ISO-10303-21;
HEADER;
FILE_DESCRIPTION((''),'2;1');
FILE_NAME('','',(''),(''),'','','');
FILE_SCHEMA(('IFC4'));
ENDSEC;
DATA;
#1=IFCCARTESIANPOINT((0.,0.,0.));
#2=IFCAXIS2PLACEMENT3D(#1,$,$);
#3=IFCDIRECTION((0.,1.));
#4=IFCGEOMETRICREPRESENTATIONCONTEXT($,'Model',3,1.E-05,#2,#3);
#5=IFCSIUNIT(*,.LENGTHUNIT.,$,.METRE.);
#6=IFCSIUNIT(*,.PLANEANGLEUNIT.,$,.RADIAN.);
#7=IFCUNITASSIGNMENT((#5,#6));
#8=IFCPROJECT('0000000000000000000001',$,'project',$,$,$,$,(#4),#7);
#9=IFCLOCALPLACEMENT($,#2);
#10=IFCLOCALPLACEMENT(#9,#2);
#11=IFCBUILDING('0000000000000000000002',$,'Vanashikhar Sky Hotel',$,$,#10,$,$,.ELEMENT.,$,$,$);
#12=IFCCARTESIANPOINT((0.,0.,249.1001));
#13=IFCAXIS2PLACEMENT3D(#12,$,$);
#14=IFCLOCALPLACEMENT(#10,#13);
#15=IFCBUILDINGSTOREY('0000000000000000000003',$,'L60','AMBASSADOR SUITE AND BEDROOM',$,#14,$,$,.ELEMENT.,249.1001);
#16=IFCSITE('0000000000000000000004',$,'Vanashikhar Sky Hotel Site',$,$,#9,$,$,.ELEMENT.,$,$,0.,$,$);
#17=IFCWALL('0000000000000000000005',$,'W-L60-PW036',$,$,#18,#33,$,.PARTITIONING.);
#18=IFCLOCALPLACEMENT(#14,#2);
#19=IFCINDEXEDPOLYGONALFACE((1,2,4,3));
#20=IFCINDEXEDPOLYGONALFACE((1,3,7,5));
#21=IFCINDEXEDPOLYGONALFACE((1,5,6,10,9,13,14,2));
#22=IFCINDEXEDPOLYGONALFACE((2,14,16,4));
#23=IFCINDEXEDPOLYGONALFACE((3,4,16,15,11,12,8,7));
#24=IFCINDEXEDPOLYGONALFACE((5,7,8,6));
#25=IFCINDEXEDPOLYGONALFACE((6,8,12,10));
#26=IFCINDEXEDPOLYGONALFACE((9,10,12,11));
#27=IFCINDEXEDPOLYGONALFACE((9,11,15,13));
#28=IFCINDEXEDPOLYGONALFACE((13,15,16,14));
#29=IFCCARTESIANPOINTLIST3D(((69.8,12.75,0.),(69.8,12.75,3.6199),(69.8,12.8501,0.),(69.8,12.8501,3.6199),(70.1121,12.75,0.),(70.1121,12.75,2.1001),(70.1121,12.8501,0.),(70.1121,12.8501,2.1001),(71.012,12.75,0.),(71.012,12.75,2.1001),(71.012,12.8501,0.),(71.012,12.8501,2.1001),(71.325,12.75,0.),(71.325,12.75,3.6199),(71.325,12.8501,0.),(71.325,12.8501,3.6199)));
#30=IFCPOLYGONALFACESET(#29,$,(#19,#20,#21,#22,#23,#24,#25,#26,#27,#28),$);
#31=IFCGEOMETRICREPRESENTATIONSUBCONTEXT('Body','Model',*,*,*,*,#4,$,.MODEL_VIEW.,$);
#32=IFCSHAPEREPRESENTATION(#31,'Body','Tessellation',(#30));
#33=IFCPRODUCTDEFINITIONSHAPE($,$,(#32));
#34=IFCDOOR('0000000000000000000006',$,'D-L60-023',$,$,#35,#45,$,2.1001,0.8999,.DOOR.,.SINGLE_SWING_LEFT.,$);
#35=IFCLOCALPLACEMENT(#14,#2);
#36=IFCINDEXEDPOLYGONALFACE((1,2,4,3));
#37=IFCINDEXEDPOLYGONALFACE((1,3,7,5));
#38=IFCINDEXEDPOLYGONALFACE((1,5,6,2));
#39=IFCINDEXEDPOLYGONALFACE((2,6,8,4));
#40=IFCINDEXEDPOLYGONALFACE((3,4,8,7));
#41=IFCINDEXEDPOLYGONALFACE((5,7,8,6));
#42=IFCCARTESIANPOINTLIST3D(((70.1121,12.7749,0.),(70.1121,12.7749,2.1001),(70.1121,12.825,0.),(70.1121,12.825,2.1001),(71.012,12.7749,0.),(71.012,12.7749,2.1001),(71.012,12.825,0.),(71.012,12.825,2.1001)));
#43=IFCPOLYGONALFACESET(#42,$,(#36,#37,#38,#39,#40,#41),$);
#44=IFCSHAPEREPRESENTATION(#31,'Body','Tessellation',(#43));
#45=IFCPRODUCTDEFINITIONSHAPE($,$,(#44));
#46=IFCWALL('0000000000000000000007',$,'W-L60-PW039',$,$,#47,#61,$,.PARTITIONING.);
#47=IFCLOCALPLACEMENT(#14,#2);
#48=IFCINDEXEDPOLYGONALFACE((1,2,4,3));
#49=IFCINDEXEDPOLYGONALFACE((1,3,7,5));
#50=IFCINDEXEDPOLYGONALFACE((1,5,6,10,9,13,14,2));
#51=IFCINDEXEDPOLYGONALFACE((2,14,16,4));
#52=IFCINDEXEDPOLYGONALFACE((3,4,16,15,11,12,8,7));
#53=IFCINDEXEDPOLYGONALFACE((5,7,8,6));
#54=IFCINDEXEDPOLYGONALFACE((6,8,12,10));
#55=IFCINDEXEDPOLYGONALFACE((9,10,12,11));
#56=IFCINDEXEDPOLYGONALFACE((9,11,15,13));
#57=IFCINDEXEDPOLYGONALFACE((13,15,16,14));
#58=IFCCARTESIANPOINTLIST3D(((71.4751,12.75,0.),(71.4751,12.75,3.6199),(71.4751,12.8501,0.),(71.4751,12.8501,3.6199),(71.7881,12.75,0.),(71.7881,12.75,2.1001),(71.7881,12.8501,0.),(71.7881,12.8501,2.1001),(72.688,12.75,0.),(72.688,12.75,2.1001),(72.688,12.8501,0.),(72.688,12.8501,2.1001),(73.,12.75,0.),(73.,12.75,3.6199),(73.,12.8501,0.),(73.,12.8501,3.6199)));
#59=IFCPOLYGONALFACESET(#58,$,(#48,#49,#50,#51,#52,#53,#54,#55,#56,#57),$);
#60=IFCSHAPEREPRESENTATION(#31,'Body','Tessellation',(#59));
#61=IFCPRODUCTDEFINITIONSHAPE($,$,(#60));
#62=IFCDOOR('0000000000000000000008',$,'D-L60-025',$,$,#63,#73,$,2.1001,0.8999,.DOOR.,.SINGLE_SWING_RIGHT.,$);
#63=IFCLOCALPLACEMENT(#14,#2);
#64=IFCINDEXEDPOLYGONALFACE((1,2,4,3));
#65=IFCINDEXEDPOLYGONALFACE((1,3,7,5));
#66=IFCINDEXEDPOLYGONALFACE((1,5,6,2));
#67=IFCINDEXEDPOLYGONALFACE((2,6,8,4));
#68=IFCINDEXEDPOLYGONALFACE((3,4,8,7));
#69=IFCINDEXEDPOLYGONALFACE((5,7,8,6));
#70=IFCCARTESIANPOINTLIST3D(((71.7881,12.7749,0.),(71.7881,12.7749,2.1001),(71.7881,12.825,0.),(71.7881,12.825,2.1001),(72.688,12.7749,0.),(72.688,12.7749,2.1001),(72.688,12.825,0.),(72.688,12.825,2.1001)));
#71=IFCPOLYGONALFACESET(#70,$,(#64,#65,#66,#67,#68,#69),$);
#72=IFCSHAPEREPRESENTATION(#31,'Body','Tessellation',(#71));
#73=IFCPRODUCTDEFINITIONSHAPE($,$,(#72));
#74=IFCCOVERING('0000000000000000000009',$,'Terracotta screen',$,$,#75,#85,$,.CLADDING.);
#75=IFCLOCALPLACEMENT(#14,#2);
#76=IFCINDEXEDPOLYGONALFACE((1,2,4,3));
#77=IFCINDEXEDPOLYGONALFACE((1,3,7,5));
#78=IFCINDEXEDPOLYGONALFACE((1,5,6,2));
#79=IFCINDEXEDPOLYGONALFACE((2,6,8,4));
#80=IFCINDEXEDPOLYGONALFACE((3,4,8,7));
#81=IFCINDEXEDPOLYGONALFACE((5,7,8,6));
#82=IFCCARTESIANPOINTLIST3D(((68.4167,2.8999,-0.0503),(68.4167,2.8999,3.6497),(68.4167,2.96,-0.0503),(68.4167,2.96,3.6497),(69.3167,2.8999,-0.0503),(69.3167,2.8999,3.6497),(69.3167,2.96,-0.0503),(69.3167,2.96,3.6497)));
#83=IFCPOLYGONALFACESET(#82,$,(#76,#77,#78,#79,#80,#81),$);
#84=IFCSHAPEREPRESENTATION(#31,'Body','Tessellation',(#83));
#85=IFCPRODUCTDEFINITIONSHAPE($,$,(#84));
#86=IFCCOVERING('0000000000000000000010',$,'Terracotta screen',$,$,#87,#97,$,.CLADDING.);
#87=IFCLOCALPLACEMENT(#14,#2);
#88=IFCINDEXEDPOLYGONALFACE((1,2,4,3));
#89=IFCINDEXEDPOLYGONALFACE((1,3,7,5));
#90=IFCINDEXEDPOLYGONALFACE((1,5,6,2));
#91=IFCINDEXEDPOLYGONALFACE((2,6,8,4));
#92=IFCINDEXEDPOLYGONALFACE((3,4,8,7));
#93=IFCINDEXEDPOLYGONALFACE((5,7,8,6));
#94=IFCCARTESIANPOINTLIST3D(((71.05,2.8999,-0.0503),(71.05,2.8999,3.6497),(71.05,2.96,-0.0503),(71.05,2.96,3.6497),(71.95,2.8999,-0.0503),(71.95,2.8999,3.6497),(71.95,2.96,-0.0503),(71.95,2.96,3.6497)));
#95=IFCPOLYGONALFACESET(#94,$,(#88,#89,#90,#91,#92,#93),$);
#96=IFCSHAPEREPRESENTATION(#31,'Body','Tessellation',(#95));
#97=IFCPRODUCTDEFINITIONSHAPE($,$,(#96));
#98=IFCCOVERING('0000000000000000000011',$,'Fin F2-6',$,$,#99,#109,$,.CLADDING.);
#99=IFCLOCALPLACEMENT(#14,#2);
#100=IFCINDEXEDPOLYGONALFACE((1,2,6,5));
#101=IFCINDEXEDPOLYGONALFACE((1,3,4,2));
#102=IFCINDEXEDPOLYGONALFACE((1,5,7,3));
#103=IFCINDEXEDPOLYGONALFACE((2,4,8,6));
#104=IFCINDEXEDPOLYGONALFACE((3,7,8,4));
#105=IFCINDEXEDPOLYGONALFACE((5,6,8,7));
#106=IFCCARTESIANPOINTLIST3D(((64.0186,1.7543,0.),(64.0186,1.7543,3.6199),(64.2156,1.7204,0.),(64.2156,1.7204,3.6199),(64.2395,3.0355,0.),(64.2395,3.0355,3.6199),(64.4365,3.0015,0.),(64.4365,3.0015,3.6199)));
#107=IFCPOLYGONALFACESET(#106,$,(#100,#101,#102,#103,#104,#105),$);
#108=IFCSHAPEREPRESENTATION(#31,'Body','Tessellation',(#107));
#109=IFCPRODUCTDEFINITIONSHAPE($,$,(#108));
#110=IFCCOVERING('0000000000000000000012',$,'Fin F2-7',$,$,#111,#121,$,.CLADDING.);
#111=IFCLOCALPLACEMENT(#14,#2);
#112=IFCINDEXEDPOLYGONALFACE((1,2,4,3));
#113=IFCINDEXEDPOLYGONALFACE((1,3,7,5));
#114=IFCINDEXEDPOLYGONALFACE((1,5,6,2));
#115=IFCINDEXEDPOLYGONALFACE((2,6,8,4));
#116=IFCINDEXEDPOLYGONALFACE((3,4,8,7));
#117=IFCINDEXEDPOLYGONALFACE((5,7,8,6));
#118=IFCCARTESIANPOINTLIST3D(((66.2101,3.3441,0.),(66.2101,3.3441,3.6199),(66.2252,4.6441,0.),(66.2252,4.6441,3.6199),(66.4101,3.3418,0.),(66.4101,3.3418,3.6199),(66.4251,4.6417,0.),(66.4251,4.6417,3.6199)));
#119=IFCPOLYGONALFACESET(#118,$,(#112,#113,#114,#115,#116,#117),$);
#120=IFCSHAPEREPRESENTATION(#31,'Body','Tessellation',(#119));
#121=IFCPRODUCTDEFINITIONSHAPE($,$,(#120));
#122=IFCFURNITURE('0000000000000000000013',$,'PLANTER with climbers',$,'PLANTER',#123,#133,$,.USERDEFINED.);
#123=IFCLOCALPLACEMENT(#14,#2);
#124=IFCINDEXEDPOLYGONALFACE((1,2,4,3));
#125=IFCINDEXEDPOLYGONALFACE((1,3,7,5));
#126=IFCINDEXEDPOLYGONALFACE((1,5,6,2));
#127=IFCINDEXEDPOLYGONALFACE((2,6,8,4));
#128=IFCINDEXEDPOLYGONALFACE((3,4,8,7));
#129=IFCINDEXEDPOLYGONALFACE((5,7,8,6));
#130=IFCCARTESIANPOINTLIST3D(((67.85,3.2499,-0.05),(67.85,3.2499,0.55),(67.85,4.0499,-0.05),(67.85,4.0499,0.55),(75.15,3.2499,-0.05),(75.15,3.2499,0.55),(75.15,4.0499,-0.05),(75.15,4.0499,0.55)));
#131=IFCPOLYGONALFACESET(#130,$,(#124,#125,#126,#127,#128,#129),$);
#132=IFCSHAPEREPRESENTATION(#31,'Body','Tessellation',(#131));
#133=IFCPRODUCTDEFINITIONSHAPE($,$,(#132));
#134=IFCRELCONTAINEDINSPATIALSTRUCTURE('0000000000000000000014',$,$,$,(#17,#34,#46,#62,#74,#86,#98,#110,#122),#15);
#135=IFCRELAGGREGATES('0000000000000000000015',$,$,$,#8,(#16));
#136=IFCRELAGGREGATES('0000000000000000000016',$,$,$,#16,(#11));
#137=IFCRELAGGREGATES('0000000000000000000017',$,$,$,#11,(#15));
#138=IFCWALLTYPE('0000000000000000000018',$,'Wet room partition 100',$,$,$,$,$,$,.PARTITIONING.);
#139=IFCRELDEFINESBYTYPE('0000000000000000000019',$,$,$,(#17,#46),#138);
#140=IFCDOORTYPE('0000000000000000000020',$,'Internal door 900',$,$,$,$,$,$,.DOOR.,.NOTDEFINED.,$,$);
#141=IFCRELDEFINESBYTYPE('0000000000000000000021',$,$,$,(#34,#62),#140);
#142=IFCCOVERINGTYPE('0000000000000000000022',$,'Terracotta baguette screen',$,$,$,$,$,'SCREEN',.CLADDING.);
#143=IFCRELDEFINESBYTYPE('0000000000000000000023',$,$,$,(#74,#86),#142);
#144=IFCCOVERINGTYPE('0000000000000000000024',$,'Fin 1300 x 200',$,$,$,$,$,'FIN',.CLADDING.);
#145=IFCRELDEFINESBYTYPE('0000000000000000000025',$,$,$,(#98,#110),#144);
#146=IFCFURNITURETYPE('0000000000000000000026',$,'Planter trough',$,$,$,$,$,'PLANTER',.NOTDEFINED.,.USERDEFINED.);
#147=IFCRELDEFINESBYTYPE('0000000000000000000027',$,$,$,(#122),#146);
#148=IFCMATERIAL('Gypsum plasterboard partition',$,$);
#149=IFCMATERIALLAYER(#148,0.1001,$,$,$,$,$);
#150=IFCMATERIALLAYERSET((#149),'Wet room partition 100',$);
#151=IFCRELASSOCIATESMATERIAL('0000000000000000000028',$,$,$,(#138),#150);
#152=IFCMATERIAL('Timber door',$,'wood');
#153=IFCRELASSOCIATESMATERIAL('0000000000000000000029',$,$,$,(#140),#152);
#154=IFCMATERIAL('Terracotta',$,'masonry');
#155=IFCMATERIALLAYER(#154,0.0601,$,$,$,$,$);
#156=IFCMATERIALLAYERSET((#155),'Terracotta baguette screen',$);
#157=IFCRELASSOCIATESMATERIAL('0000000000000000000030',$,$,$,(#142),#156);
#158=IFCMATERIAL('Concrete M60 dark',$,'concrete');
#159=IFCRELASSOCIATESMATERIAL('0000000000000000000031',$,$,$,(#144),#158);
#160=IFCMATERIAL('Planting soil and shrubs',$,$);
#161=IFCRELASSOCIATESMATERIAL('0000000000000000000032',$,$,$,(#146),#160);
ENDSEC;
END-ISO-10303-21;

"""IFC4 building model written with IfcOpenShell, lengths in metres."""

from ifc_helpers import new_model, si_unit, direction, frame, frame_2d, origin, origin_2d, place, context, subcontext, project, spatial, rectangle, extrude, source, transform, mapped, material, layer, layer_set, material_profile, profile_set, type_object, element, fill, save


model = new_model("IFC4")

# Units and contexts
model_context = context("Model", 3, precision=1e-05, world=origin(), true_north=direction((0.0, 1.0)))
body_context = subcontext(model_context, "Body", "Model", "MODEL_VIEW")
ifc_project = project(units=[si_unit("LENGTHUNIT", "METRE"), si_unit("PLANEANGLEUNIT", "RADIAN")], contexts=[model_context])

# Site, building, storey
site_placement = place(None, origin())
site = spatial("IfcSite", under=ifc_project, at=site_placement, Name="Vanashikhar Sky Hotel Site", CompositionType="ELEMENT", RefElevation=0.0)
building_placement = place(site_placement, origin())
building = spatial("IfcBuilding", under=site, at=building_placement, Name="Vanashikhar Sky Hotel", CompositionType="ELEMENT")
storey_placement = place(building_placement, frame((0.0, 0.0, 249.1001)))
storey = spatial("IfcBuildingStorey", under=building, at=storey_placement, Name="L60", Description="AMBASSADOR SUITE AND BEDROOM", CompositionType="ELEMENT", Elevation=249.1001)

# Shared definitions
ifc_material_1 = material(Name="Gypsum plasterboard partition")
ifc_layer_1 = layer(ifc_material_1, 0.1001)
ifc_layer_set_1 = layer_set([ifc_layer_1], Name="Wet room partition 100")
wall_type_1 = type_object("IfcWallType", Name="Wet room partition 100", PredefinedType="PARTITIONING", material=ifc_layer_set_1)

# Walls, openings, doors
shared_shape_1 = source(origin(), body_context, "Body", "SweptSolid", [
    extrude(rectangle(XDim=1.5249, YDim=0.1001, at=frame_2d((0.7625, 0.0))), origin(), (0.0, 0.0, 1.0), 3.6199),
])
wall_1_placement = place(storey_placement, frame((69.8, 12.8, 0.0), z_axis=(0.0, 0.0, 1.0), x_axis=(1.0, 0.0, 0.0)))
wall_1 = element("IfcWall", 1, at=wall_1_placement, inside=storey, type_object=wall_type_1, Name="W-L60-PW036", PredefinedType="PARTITIONING", context=body_context, shape_type="MappedRepresentation", body=[
    mapped(shared_shape_1, transform((0.0, 0.0, 0.0), scale=1.0)),
])
shared_shape_2 = source(origin(), body_context, "Body", "SweptSolid", [
    extrude(rectangle(XDim=0.8999, YDim=2.1001, at=frame_2d((0.45, 1.05))), frame((0.0, 0.0601, 0.0), z_axis=(0.0, -1.0, 0.0), x_axis=(1.0, 0.0, 0.0)), (0.0, 0.0, 1.0), 0.1201),
])
opening_1_placement = place(wall_1_placement, frame((0.312, 0.0, 0.0)))
opening_1 = element("IfcOpeningElement", 2, at=opening_1_placement, cuts=wall_1, PredefinedType="OPENING", context=body_context, shape_type="MappedRepresentation", body=[
    mapped(shared_shape_2, transform((0.0, 0.0, 0.0), scale=1.0)),
])
ifc_material_2 = material(Name="Timber door", Category="wood")
door_type_1 = type_object("IfcDoorType", Name="Internal door 900", OperationType="NOTDEFINED", PredefinedType="DOOR", material=ifc_material_2)
shared_shape_3 = source(origin(), body_context, "Body", "SweptSolid", [
    extrude(rectangle(XDim=0.8999, YDim=2.1001, at=frame_2d((0.45, 1.05))), frame((0.0, 0.0249, 0.0), z_axis=(0.0, -1.0, 0.0), x_axis=(1.0, 0.0, 0.0)), (0.0, 0.0, 1.0), 0.05),
])
door_1_placement = place(opening_1_placement, origin())
door_1 = element("IfcDoor", 3, at=door_1_placement, inside=storey, type_object=door_type_1, Name="D-L60-023", OperationType="SINGLE_SWING_LEFT", OverallHeight=2.1001, OverallWidth=0.8999, PredefinedType="DOOR", context=body_context, shape_type="MappedRepresentation", body=[
    mapped(shared_shape_3, transform((0.0, 0.0, 0.0), scale=1.0)),
])
fill(opening_1, door_1)
wall_2_placement = place(storey_placement, frame((71.4751, 12.8, 0.0), z_axis=(0.0, 0.0, 1.0), x_axis=(1.0, 0.0, 0.0)))
wall_2 = element("IfcWall", 4, at=wall_2_placement, inside=storey, type_object=wall_type_1, Name="W-L60-PW039", PredefinedType="PARTITIONING", context=body_context, shape_type="MappedRepresentation", body=[
    mapped(shared_shape_1, transform((0.0, 0.0, 0.0), scale=1.0)),
])
opening_2_placement = place(wall_2_placement, frame((0.313, 0.0, 0.0)))
opening_2 = element("IfcOpeningElement", 5, at=opening_2_placement, cuts=wall_2, PredefinedType="OPENING", context=body_context, shape_type="MappedRepresentation", body=[
    mapped(shared_shape_2, transform((0.0, 0.0, 0.0), scale=1.0)),
])
door_2_placement = place(opening_2_placement, origin())
door_2 = element("IfcDoor", 6, at=door_2_placement, inside=storey, type_object=door_type_1, Name="D-L60-025", OperationType="SINGLE_SWING_RIGHT", OverallHeight=2.1001, OverallWidth=0.8999, PredefinedType="DOOR", context=body_context, shape_type="MappedRepresentation", body=[
    mapped(shared_shape_3, transform((0.0, 0.0, 0.0), scale=1.0)),
])
fill(opening_2, door_2)

# Coverings
ifc_material_3 = material(Name="Terracotta", Category="masonry")
ifc_layer_2 = layer(ifc_material_3, 0.0601)
ifc_layer_set_2 = layer_set([ifc_layer_2], Name="Terracotta baguette screen")
covering_type_1 = type_object("IfcCoveringType", Name="Terracotta baguette screen", ElementType="SCREEN", PredefinedType="CLADDING", material=ifc_layer_set_2)
shared_shape_4 = source(origin(), body_context, "Body", "SweptSolid", [
    extrude(rectangle(XDim=0.8999, YDim=0.0601, at=origin_2d()), origin(), (0.0, 0.0, 1.0), 3.7),
])
for number, where, z_axis, x_axis, name in (
    (7, (68.8667, 2.9299, -0.0503), (0.0, 0.0, 1.0), (1.0, 0.0, 0.0), "Terracotta screen"),
    (8, (71.5, 2.9299, -0.0503), (0.0, 0.0, 1.0), (1.0, 0.0, 0.0), "Terracotta screen"),
):
    element("IfcCovering", number, at=place(storey_placement, frame(where, z_axis=z_axis, x_axis=x_axis)), inside=storey, type_object=covering_type_1, Name=name, PredefinedType="CLADDING", context=body_context, shape_type="MappedRepresentation", body=[
        mapped(shared_shape_4, transform((0.0, 0.0, 0.0), scale=1.0)),
    ])
ifc_material_4 = material(Name="Concrete M60 dark", Category="concrete")
ifc_material_profile_1 = material_profile(ifc_material_4, rectangle(XDim=1.3, YDim=0.2, at=origin_2d()))
ifc_profile_set_1 = profile_set([ifc_material_profile_1], Name="Fin 1300 x 200")
covering_type_2 = type_object("IfcCoveringType", Name="Fin 1300 x 200", ElementType="FIN", PredefinedType="CLADDING", material=ifc_profile_set_1)
shared_shape_5 = source(origin(), body_context, "Body", "SweptSolid", [
    extrude(rectangle(XDim=1.3, YDim=0.2, at=origin_2d()), origin(), (0.0, 0.0, 1.0), 3.6199),
])
for number, where, z_axis, x_axis, name in (
    (9, (64.2275, 2.3779, 0.0), (0.0, 0.0, 1.0), (-0.1699, -0.985461, 0.0), "Fin F2-6"),
    (10, (66.3176, 3.9929, 0.0), (0.0, 0.0, 1.0), (-0.011589, -0.999933, 0.0), "Fin F2-7"),
):
    element("IfcCovering", number, at=place(storey_placement, frame(where, z_axis=z_axis, x_axis=x_axis)), inside=storey, type_object=covering_type_2, Name=name, PredefinedType="CLADDING", context=body_context, shape_type="MappedRepresentation", body=[
        mapped(shared_shape_5, transform((0.0, 0.0, 0.0), scale=1.0)),
    ])

# Furniture
ifc_material_5 = material(Name="Planting soil and shrubs")
furniture_type = type_object("IfcFurnitureType", Name="Planter trough", ElementType="PLANTER", AssemblyPlace="NOTDEFINED", PredefinedType="USERDEFINED", material=ifc_material_5)
shared_shape_6 = source(origin(), body_context, "Body", "SweptSolid", [
    extrude(rectangle(XDim=7.3, YDim=0.8, at=origin_2d()), origin(), (0.0, 0.0, 1.0), 0.6001),
])
furniture_placement = place(storey_placement, frame((71.5, 3.6499, -0.05), z_axis=(0.0, 0.0, 1.0), x_axis=(1.0, 0.0, 0.0)))
element("IfcFurniture", 11, at=furniture_placement, inside=storey, type_object=furniture_type, Name="PLANTER with climbers", ObjectType="PLANTER", PredefinedType="USERDEFINED", context=body_context, shape_type="MappedRepresentation", body=[
    mapped(shared_shape_6, transform((0.0, 0.0, 0.0), scale=1.0)),
])

save(model, "model.ifc")
